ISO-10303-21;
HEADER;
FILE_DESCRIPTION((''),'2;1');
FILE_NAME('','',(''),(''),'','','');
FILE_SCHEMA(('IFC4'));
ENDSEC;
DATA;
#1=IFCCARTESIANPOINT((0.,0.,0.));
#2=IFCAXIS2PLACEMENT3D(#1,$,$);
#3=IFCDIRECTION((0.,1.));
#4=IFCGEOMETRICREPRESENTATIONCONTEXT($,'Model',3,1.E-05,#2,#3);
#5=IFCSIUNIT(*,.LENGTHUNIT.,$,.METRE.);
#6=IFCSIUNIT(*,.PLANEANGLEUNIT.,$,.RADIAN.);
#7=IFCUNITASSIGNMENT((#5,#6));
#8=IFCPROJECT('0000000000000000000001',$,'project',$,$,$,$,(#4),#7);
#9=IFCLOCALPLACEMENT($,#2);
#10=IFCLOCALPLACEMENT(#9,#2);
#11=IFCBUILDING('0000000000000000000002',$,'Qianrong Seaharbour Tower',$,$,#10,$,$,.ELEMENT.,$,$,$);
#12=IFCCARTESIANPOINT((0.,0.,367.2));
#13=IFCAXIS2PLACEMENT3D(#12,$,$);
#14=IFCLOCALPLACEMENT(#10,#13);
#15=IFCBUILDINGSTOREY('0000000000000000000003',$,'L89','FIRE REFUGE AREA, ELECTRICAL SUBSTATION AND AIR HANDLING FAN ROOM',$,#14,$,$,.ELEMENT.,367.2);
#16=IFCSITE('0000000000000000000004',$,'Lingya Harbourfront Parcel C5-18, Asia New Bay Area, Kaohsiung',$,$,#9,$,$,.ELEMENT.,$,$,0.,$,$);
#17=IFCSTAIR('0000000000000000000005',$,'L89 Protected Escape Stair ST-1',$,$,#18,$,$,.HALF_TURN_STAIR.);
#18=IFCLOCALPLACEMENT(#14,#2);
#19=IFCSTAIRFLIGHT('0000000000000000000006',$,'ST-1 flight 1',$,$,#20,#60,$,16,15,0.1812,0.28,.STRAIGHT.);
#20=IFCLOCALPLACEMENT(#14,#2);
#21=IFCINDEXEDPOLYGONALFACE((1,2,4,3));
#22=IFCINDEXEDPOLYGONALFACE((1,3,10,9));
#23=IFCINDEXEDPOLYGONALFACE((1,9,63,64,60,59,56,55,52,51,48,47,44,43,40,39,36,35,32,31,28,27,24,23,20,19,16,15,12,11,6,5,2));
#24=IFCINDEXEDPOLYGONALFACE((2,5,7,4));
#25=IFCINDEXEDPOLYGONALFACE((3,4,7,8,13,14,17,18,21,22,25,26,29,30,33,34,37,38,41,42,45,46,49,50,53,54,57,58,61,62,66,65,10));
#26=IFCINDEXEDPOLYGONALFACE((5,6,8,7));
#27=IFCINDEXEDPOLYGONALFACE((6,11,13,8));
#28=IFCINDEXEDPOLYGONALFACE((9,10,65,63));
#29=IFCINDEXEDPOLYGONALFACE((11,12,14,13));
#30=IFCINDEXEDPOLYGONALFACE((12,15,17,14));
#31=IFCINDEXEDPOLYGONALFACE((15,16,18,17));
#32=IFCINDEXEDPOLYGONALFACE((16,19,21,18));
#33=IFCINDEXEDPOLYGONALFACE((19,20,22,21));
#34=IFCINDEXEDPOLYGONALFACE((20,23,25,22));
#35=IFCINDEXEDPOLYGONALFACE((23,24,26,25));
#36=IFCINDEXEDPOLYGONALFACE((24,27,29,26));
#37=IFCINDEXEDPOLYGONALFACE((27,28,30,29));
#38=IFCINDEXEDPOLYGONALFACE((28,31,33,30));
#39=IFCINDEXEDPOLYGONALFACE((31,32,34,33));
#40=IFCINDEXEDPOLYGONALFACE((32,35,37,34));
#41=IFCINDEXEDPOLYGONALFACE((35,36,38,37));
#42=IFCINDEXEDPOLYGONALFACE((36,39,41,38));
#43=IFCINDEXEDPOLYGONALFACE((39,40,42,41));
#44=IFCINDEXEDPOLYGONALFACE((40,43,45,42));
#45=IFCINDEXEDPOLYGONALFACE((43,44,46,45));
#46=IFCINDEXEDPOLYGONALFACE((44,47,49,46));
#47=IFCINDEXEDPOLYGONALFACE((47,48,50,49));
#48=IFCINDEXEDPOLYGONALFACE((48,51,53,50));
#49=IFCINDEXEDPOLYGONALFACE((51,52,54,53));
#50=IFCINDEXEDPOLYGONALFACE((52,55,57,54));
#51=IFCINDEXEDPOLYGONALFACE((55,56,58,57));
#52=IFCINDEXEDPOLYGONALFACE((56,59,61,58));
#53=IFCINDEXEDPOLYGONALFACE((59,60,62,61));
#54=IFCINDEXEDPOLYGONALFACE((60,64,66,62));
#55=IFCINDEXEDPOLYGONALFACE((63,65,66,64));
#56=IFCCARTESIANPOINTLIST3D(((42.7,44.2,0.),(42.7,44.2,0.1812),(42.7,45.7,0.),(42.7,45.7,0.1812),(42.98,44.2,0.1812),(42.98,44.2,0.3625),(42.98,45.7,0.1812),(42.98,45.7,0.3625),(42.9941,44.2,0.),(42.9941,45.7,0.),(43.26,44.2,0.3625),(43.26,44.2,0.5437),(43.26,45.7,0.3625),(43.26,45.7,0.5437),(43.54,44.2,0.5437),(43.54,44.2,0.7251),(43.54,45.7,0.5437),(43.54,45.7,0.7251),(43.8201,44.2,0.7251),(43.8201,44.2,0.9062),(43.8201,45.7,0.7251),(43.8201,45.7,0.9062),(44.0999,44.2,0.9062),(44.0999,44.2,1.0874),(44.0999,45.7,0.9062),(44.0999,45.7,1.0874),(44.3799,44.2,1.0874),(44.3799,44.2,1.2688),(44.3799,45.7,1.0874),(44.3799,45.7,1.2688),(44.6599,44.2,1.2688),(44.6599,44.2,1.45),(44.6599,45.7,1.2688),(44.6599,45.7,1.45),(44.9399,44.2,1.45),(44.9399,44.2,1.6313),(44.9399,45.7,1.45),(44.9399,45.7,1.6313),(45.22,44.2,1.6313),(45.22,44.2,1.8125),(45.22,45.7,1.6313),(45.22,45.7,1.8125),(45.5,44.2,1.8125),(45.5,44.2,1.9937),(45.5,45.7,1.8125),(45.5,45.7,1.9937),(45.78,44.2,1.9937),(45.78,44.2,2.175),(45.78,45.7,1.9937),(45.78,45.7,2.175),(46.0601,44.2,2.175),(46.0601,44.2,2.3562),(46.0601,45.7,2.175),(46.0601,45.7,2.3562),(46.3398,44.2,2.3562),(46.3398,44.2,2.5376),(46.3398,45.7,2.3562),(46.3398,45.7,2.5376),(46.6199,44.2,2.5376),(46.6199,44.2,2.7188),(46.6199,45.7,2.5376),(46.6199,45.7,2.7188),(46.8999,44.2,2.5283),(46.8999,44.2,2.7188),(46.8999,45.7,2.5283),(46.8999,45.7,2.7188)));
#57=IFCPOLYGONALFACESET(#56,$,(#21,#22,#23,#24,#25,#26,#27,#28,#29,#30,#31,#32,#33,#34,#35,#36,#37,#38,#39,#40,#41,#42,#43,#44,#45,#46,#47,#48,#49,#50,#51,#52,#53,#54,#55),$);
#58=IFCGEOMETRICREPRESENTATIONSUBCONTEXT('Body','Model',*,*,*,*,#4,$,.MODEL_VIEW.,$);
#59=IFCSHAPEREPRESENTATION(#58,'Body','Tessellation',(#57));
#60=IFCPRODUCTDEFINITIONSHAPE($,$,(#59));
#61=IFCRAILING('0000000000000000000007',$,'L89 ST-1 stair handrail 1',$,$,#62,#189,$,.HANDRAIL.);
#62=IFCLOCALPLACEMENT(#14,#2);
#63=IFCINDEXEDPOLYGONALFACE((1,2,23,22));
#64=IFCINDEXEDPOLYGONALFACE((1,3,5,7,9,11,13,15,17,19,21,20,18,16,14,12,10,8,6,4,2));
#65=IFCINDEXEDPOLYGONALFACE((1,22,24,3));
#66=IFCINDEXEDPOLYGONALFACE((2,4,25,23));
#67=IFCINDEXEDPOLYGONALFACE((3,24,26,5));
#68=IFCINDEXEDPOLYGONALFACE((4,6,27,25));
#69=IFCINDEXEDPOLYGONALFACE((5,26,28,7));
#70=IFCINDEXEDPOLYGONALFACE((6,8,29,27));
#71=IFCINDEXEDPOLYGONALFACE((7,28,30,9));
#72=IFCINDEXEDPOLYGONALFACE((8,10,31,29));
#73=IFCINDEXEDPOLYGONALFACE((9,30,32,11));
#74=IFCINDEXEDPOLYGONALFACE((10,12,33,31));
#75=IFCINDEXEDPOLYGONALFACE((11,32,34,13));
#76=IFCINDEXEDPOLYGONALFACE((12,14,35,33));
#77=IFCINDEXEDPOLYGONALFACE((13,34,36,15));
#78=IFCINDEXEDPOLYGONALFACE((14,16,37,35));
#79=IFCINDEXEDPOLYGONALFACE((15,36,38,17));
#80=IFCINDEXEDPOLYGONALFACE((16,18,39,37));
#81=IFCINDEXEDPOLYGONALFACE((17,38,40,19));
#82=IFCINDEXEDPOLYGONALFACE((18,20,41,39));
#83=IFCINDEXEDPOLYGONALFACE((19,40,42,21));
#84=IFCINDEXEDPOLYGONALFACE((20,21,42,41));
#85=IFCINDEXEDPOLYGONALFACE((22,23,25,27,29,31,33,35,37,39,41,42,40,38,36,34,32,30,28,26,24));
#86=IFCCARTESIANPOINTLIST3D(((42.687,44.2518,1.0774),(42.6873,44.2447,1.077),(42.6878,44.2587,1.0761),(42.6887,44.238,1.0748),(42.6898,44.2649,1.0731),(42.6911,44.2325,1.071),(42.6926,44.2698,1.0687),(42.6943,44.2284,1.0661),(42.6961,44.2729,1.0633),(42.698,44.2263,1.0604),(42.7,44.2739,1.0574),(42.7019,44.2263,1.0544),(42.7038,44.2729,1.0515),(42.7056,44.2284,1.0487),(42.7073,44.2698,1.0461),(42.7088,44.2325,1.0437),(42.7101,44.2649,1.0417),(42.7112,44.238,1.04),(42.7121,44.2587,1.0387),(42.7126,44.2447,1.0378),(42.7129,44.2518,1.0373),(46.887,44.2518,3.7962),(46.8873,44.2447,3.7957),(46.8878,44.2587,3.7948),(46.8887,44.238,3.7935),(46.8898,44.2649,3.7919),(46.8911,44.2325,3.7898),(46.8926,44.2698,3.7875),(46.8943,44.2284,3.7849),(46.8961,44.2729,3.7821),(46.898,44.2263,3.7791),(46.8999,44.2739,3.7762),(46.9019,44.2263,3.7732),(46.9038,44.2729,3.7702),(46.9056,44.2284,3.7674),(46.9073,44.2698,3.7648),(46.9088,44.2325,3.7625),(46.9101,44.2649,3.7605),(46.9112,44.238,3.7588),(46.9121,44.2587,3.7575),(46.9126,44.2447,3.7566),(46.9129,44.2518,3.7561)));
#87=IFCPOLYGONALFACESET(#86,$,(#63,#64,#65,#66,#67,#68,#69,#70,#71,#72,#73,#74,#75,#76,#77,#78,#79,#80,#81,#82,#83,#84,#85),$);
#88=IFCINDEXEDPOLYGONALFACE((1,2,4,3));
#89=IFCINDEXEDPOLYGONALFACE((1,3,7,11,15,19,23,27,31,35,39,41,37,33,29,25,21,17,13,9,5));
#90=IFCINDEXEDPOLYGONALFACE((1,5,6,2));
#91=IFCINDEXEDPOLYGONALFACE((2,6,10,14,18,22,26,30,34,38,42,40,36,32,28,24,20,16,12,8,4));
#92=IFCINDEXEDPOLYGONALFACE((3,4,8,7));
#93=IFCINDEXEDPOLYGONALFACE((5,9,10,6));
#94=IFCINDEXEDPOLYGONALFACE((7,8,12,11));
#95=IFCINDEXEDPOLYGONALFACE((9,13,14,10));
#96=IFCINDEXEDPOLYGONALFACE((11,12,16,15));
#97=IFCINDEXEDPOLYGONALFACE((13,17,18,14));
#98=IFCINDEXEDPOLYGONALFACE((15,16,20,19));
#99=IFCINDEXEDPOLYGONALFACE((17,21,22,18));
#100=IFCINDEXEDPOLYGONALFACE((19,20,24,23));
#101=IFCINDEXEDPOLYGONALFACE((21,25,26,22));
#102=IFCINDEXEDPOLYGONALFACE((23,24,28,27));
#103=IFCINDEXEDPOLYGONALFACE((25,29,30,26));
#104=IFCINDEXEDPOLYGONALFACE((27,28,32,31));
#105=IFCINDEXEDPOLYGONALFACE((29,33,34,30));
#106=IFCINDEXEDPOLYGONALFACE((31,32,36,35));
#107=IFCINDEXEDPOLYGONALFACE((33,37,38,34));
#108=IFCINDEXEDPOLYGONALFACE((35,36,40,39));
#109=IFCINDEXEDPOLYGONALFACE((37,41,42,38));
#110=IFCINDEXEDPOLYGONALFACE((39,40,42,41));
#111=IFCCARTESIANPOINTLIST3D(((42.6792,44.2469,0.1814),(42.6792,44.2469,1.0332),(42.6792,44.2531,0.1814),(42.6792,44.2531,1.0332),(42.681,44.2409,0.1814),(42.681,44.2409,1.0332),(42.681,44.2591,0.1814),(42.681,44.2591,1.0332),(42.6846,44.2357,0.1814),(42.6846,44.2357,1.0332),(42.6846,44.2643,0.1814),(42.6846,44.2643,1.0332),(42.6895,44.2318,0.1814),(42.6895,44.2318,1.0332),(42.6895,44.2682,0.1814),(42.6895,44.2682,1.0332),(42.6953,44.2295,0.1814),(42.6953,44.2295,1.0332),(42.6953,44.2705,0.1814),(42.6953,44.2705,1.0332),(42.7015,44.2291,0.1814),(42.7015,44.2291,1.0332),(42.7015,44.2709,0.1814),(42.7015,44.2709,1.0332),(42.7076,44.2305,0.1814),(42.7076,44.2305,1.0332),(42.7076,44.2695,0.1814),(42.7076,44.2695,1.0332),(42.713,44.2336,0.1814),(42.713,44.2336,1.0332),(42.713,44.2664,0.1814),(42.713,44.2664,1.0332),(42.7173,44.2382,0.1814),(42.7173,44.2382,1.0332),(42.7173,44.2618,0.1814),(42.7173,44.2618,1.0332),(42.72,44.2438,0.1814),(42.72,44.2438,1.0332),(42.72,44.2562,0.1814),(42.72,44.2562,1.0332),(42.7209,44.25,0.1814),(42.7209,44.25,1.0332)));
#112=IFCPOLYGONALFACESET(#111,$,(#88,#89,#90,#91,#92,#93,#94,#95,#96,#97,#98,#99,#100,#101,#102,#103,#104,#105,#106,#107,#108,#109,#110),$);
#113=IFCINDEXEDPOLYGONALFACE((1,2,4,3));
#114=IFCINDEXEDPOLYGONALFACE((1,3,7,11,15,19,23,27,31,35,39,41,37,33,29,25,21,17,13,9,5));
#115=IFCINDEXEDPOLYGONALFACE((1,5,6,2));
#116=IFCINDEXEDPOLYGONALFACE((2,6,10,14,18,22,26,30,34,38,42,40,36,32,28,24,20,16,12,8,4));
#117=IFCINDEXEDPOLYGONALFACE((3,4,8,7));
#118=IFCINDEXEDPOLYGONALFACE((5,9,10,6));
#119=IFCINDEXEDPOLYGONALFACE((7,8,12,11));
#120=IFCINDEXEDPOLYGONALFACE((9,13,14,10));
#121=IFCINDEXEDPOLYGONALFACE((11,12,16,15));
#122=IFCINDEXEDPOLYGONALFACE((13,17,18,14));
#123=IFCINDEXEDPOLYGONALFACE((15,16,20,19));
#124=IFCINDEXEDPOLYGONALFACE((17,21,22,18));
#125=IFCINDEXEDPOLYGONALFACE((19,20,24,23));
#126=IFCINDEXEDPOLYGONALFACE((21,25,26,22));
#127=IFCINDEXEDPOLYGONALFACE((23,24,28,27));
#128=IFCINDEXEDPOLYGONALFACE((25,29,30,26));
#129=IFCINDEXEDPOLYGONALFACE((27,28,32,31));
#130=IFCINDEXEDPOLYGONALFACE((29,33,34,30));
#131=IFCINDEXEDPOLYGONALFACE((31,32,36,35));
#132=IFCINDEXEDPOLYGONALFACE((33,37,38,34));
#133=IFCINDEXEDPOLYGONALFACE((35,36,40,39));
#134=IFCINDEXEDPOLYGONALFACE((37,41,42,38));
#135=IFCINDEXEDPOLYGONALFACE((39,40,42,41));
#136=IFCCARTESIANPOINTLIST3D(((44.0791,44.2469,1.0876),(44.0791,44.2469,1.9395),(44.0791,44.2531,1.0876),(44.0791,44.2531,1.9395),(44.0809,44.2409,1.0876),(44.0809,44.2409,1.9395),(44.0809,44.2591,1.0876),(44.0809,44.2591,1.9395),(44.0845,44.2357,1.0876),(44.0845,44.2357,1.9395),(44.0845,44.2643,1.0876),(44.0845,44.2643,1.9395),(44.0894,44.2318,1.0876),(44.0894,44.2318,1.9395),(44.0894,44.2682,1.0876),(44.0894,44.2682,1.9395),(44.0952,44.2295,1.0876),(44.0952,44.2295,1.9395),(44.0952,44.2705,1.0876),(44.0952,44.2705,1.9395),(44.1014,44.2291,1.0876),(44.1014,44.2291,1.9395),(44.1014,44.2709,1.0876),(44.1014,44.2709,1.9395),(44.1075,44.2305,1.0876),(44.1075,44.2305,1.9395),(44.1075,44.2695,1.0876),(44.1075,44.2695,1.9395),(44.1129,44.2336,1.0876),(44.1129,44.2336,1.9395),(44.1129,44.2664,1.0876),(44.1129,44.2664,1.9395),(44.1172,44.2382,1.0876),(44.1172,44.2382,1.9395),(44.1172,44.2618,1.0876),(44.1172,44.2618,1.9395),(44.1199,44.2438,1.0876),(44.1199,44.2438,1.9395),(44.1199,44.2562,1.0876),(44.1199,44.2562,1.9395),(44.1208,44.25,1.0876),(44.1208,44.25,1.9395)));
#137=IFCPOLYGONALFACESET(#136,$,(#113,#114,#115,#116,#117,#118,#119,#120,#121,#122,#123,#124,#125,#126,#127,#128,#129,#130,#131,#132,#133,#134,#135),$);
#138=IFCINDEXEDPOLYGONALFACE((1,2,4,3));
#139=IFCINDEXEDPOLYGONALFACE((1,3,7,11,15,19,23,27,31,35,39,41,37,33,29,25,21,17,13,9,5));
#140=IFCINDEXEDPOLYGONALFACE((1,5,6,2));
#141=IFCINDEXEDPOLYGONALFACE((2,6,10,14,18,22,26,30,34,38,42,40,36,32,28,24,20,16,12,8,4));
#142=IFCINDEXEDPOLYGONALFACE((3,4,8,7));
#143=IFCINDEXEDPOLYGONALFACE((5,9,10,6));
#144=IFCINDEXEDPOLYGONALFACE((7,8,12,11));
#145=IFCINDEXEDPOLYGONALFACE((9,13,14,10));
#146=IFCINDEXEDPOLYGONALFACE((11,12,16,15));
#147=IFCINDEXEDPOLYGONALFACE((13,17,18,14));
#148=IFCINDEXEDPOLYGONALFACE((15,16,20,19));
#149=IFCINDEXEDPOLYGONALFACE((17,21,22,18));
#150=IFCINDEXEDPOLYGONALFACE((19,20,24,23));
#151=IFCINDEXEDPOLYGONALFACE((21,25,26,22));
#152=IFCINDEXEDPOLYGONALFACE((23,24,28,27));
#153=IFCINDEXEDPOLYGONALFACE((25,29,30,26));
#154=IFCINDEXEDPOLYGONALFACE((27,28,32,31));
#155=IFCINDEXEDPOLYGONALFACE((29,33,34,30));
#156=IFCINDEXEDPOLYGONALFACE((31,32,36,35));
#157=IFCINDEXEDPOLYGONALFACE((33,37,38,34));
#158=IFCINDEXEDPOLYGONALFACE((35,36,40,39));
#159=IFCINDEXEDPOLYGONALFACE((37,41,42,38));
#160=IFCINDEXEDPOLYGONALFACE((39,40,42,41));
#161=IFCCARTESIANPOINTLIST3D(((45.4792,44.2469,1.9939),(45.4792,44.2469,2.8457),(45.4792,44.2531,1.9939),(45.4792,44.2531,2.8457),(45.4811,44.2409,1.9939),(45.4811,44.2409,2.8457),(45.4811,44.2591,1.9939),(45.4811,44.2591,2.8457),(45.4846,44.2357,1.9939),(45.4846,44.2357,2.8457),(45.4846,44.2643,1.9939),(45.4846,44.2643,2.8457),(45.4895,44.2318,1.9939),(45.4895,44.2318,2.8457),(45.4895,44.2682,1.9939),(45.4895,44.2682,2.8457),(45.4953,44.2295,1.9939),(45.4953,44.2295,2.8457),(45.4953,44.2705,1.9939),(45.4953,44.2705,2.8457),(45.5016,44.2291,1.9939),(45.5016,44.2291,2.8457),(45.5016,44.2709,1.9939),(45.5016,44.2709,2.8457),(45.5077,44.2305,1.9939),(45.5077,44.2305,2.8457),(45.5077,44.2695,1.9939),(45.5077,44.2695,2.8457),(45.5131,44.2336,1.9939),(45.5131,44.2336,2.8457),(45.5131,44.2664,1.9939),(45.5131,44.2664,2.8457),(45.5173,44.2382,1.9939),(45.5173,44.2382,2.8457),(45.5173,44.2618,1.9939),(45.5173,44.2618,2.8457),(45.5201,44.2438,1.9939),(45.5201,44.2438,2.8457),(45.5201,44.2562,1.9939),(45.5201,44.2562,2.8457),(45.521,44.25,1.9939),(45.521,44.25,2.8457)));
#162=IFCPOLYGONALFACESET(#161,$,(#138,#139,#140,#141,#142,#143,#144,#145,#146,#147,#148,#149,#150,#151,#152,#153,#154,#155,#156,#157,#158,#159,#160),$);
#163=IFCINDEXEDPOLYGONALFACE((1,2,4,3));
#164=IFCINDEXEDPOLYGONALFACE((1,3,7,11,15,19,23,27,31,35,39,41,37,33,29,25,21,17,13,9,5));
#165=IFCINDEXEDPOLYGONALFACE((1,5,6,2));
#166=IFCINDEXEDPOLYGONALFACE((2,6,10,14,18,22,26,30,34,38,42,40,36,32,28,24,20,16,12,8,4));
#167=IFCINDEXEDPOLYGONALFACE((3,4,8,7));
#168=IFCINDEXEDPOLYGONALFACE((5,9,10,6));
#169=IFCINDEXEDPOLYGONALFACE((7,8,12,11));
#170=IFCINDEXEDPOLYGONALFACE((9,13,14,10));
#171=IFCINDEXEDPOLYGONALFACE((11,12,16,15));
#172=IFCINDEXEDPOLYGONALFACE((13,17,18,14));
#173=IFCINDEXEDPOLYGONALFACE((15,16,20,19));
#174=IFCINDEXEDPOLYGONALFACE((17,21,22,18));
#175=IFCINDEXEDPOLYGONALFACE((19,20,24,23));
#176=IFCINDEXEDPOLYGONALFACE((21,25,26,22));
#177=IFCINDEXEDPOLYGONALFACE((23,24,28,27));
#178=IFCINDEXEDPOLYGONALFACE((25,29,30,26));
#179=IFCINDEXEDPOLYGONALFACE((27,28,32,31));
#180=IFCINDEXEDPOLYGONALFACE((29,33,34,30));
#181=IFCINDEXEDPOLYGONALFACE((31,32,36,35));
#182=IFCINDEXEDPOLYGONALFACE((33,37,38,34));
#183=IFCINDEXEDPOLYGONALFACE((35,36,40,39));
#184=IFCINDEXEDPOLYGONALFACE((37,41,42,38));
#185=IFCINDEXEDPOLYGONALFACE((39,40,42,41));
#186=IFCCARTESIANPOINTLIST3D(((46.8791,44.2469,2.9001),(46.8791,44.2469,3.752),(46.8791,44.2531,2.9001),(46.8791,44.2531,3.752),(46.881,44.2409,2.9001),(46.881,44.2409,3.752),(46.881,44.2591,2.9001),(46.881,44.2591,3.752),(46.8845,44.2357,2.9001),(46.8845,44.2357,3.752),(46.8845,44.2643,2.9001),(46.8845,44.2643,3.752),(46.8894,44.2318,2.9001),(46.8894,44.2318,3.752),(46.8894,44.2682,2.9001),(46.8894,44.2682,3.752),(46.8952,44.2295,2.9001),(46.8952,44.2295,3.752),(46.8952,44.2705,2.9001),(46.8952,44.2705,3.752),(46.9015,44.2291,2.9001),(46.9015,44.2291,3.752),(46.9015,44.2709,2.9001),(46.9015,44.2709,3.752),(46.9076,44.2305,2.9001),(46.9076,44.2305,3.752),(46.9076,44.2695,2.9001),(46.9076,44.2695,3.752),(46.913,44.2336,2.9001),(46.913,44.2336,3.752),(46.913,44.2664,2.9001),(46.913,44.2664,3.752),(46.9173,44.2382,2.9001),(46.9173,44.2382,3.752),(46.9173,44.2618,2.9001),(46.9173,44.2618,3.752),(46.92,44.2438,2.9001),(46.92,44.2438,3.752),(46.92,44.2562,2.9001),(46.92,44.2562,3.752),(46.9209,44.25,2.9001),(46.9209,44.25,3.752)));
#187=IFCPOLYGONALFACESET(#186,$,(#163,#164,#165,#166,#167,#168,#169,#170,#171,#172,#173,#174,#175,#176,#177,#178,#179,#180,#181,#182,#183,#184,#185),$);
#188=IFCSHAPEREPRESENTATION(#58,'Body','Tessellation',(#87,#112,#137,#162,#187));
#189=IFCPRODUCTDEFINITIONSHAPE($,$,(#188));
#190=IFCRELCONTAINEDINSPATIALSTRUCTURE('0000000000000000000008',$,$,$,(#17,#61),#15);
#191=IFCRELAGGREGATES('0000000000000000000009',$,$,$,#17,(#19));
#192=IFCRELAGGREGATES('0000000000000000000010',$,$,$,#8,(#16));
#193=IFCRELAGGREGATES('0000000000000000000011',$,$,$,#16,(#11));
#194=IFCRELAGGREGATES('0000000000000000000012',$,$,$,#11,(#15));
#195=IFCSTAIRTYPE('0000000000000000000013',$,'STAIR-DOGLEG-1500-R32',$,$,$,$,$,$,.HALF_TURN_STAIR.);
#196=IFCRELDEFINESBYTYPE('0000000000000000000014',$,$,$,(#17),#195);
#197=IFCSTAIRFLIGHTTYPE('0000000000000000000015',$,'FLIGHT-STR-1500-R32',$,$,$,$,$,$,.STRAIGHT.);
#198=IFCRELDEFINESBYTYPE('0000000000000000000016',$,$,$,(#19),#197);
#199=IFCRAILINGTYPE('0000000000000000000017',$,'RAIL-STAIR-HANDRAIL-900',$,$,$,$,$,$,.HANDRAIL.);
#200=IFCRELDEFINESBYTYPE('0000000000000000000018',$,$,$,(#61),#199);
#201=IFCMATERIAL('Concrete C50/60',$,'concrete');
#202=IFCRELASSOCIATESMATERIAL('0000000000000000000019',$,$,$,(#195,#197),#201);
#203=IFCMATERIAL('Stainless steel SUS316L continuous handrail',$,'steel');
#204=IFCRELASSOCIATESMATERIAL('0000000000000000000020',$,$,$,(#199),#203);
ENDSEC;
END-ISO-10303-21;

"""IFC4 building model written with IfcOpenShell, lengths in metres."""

from ifc_helpers import new_model, si_unit, direction, frame, origin, origin_2d, place, context, subcontext, project, spatial, polyline, circle, outline, extrude, material, type_object, element, aggregate, save


model = new_model("IFC4")

# Units and contexts
model_context = context("Model", 3, precision=1e-05, world=origin(), true_north=direction((0.0, 1.0)))
body_context = subcontext(model_context, "Body", "Model", "MODEL_VIEW")
ifc_project = project(units=[si_unit("LENGTHUNIT", "METRE"), si_unit("PLANEANGLEUNIT", "RADIAN")], contexts=[model_context])

# Site, building, storey
site_placement = place(None, origin())
site = spatial("IfcSite", under=ifc_project, at=site_placement, Name="Lingya Harbourfront Parcel C5-18, Asia New Bay Area, Kaohsiung", CompositionType="ELEMENT", RefElevation=0.0)
building_placement = place(site_placement, origin())
building = spatial("IfcBuilding", under=site, at=building_placement, Name="Qianrong Seaharbour Tower", CompositionType="ELEMENT")
storey_placement = place(building_placement, frame((0.0, 0.0, 367.2)))
storey = spatial("IfcBuildingStorey", under=building, at=storey_placement, Name="L89", Description="FIRE REFUGE AREA, ELECTRICAL SUBSTATION AND AIR HANDLING FAN ROOM", CompositionType="ELEMENT", Elevation=367.2)

# Shared definitions
ifc_material_1 = material(Name="Concrete C50/60", Category="concrete")

# Stair, stair flight
stair_type = type_object("IfcStairType", Name="STAIR-DOGLEG-1500-R32", PredefinedType="HALF_TURN_STAIR", material=ifc_material_1)
stair_placement = place(storey_placement, origin())
stair = element("IfcStair", 1, at=stair_placement, inside=storey, type_object=stair_type, Name="L89 Protected Escape Stair ST-1", PredefinedType="HALF_TURN_STAIR")
stair_flight_type = type_object("IfcStairFlightType", Name="FLIGHT-STR-1500-R32", PredefinedType="STRAIGHT", material=ifc_material_1)
stair_flight_placement = place(storey_placement, frame((42.7, 44.95, 0.0), z_axis=(0.0, 0.0, 1.0), x_axis=(1.0, 0.0, 0.0)))
stair_flight = element("IfcStairFlight", 2, at=stair_flight_placement, type_object=stair_flight_type, Name="ST-1 flight 1", NumberOfRisers=16, NumberOfTreads=15, PredefinedType="STRAIGHT", RiserHeight=0.1812, TreadLength=0.28, context=body_context, shape_type="SweptSolid", body=[
    extrude(outline(polyline([(0.0, 0.0), (0.0, 0.1812), (0.28, 0.1812), (0.28, 0.3625), (0.5601, 0.3625), (0.5601, 0.5437), (0.8401, 0.5437), (0.8401, 0.7251), (1.1201, 0.7251), (1.1201, 0.9062), (1.3999, 0.9062), (1.3999, 1.0874), (1.6799, 1.0874), (1.6799, 1.2688), (1.96, 1.2688), (1.96, 1.45), (2.24, 1.45), (2.24, 1.6313), (2.52, 1.6313), (2.52, 1.8125), (2.8, 1.8125), (2.8, 1.9937), (3.0801, 1.9937), (3.0801, 2.175), (3.3601, 2.175), (3.3601, 2.3562), (3.6399, 2.3562), (3.6399, 2.5376), (3.9199, 2.5376), (3.9199, 2.7188), (4.2, 2.7188), (4.2, 2.8999), (4.2, 2.5283), (0.2942, 0.0), (0.0, 0.0)])), frame((0.0, 0.75, 0.0), z_axis=(0.0, -1.0, 0.0), x_axis=(1.0, 0.0, 0.0)), (0.0, 0.0, 1.0), 1.5),
])
aggregate(stair, [stair_flight])

# Railing
ifc_material_2 = material(Name="Stainless steel SUS316L continuous handrail", Category="steel")
railing_type = type_object("IfcRailingType", Name="RAIL-STAIR-HANDRAIL-900", PredefinedType="HANDRAIL", material=ifc_material_2)
railing_placement = place(storey_placement, frame((42.7, 44.25, 0.1814)))
element("IfcRailing", 3, at=railing_placement, inside=storey, type_object=railing_type, Name="L89 ST-1 stair handrail 1", PredefinedType="HANDRAIL", context=body_context, shape_type="SweptSolid", body=[
    extrude(circle(Radius=0.0239, at=origin_2d()), frame((0.0, 0.0, 0.876), z_axis=(0.839467, 0.0, 0.543411), x_axis=(0.0, 1.0, 0.0)), (0.0, 0.0, 1.0), 5.0032),
    extrude(circle(Radius=0.021, at=origin_2d()), origin(), (0.0, 0.0, 1.0), 0.8518),
    extrude(circle(Radius=0.021, at=origin_2d()), frame((1.3999, 0.0, 0.9062)), (0.0, 0.0, 1.0), 0.8518),
    extrude(circle(Radius=0.021, at=origin_2d()), frame((2.8, 0.0, 1.8125)), (0.0, 0.0, 1.0), 0.8518),
    extrude(circle(Radius=0.021, at=origin_2d()), frame((4.2, 0.0, 2.7188)), (0.0, 0.0, 1.0), 0.8518),
])

save(model, "model.ifc")
